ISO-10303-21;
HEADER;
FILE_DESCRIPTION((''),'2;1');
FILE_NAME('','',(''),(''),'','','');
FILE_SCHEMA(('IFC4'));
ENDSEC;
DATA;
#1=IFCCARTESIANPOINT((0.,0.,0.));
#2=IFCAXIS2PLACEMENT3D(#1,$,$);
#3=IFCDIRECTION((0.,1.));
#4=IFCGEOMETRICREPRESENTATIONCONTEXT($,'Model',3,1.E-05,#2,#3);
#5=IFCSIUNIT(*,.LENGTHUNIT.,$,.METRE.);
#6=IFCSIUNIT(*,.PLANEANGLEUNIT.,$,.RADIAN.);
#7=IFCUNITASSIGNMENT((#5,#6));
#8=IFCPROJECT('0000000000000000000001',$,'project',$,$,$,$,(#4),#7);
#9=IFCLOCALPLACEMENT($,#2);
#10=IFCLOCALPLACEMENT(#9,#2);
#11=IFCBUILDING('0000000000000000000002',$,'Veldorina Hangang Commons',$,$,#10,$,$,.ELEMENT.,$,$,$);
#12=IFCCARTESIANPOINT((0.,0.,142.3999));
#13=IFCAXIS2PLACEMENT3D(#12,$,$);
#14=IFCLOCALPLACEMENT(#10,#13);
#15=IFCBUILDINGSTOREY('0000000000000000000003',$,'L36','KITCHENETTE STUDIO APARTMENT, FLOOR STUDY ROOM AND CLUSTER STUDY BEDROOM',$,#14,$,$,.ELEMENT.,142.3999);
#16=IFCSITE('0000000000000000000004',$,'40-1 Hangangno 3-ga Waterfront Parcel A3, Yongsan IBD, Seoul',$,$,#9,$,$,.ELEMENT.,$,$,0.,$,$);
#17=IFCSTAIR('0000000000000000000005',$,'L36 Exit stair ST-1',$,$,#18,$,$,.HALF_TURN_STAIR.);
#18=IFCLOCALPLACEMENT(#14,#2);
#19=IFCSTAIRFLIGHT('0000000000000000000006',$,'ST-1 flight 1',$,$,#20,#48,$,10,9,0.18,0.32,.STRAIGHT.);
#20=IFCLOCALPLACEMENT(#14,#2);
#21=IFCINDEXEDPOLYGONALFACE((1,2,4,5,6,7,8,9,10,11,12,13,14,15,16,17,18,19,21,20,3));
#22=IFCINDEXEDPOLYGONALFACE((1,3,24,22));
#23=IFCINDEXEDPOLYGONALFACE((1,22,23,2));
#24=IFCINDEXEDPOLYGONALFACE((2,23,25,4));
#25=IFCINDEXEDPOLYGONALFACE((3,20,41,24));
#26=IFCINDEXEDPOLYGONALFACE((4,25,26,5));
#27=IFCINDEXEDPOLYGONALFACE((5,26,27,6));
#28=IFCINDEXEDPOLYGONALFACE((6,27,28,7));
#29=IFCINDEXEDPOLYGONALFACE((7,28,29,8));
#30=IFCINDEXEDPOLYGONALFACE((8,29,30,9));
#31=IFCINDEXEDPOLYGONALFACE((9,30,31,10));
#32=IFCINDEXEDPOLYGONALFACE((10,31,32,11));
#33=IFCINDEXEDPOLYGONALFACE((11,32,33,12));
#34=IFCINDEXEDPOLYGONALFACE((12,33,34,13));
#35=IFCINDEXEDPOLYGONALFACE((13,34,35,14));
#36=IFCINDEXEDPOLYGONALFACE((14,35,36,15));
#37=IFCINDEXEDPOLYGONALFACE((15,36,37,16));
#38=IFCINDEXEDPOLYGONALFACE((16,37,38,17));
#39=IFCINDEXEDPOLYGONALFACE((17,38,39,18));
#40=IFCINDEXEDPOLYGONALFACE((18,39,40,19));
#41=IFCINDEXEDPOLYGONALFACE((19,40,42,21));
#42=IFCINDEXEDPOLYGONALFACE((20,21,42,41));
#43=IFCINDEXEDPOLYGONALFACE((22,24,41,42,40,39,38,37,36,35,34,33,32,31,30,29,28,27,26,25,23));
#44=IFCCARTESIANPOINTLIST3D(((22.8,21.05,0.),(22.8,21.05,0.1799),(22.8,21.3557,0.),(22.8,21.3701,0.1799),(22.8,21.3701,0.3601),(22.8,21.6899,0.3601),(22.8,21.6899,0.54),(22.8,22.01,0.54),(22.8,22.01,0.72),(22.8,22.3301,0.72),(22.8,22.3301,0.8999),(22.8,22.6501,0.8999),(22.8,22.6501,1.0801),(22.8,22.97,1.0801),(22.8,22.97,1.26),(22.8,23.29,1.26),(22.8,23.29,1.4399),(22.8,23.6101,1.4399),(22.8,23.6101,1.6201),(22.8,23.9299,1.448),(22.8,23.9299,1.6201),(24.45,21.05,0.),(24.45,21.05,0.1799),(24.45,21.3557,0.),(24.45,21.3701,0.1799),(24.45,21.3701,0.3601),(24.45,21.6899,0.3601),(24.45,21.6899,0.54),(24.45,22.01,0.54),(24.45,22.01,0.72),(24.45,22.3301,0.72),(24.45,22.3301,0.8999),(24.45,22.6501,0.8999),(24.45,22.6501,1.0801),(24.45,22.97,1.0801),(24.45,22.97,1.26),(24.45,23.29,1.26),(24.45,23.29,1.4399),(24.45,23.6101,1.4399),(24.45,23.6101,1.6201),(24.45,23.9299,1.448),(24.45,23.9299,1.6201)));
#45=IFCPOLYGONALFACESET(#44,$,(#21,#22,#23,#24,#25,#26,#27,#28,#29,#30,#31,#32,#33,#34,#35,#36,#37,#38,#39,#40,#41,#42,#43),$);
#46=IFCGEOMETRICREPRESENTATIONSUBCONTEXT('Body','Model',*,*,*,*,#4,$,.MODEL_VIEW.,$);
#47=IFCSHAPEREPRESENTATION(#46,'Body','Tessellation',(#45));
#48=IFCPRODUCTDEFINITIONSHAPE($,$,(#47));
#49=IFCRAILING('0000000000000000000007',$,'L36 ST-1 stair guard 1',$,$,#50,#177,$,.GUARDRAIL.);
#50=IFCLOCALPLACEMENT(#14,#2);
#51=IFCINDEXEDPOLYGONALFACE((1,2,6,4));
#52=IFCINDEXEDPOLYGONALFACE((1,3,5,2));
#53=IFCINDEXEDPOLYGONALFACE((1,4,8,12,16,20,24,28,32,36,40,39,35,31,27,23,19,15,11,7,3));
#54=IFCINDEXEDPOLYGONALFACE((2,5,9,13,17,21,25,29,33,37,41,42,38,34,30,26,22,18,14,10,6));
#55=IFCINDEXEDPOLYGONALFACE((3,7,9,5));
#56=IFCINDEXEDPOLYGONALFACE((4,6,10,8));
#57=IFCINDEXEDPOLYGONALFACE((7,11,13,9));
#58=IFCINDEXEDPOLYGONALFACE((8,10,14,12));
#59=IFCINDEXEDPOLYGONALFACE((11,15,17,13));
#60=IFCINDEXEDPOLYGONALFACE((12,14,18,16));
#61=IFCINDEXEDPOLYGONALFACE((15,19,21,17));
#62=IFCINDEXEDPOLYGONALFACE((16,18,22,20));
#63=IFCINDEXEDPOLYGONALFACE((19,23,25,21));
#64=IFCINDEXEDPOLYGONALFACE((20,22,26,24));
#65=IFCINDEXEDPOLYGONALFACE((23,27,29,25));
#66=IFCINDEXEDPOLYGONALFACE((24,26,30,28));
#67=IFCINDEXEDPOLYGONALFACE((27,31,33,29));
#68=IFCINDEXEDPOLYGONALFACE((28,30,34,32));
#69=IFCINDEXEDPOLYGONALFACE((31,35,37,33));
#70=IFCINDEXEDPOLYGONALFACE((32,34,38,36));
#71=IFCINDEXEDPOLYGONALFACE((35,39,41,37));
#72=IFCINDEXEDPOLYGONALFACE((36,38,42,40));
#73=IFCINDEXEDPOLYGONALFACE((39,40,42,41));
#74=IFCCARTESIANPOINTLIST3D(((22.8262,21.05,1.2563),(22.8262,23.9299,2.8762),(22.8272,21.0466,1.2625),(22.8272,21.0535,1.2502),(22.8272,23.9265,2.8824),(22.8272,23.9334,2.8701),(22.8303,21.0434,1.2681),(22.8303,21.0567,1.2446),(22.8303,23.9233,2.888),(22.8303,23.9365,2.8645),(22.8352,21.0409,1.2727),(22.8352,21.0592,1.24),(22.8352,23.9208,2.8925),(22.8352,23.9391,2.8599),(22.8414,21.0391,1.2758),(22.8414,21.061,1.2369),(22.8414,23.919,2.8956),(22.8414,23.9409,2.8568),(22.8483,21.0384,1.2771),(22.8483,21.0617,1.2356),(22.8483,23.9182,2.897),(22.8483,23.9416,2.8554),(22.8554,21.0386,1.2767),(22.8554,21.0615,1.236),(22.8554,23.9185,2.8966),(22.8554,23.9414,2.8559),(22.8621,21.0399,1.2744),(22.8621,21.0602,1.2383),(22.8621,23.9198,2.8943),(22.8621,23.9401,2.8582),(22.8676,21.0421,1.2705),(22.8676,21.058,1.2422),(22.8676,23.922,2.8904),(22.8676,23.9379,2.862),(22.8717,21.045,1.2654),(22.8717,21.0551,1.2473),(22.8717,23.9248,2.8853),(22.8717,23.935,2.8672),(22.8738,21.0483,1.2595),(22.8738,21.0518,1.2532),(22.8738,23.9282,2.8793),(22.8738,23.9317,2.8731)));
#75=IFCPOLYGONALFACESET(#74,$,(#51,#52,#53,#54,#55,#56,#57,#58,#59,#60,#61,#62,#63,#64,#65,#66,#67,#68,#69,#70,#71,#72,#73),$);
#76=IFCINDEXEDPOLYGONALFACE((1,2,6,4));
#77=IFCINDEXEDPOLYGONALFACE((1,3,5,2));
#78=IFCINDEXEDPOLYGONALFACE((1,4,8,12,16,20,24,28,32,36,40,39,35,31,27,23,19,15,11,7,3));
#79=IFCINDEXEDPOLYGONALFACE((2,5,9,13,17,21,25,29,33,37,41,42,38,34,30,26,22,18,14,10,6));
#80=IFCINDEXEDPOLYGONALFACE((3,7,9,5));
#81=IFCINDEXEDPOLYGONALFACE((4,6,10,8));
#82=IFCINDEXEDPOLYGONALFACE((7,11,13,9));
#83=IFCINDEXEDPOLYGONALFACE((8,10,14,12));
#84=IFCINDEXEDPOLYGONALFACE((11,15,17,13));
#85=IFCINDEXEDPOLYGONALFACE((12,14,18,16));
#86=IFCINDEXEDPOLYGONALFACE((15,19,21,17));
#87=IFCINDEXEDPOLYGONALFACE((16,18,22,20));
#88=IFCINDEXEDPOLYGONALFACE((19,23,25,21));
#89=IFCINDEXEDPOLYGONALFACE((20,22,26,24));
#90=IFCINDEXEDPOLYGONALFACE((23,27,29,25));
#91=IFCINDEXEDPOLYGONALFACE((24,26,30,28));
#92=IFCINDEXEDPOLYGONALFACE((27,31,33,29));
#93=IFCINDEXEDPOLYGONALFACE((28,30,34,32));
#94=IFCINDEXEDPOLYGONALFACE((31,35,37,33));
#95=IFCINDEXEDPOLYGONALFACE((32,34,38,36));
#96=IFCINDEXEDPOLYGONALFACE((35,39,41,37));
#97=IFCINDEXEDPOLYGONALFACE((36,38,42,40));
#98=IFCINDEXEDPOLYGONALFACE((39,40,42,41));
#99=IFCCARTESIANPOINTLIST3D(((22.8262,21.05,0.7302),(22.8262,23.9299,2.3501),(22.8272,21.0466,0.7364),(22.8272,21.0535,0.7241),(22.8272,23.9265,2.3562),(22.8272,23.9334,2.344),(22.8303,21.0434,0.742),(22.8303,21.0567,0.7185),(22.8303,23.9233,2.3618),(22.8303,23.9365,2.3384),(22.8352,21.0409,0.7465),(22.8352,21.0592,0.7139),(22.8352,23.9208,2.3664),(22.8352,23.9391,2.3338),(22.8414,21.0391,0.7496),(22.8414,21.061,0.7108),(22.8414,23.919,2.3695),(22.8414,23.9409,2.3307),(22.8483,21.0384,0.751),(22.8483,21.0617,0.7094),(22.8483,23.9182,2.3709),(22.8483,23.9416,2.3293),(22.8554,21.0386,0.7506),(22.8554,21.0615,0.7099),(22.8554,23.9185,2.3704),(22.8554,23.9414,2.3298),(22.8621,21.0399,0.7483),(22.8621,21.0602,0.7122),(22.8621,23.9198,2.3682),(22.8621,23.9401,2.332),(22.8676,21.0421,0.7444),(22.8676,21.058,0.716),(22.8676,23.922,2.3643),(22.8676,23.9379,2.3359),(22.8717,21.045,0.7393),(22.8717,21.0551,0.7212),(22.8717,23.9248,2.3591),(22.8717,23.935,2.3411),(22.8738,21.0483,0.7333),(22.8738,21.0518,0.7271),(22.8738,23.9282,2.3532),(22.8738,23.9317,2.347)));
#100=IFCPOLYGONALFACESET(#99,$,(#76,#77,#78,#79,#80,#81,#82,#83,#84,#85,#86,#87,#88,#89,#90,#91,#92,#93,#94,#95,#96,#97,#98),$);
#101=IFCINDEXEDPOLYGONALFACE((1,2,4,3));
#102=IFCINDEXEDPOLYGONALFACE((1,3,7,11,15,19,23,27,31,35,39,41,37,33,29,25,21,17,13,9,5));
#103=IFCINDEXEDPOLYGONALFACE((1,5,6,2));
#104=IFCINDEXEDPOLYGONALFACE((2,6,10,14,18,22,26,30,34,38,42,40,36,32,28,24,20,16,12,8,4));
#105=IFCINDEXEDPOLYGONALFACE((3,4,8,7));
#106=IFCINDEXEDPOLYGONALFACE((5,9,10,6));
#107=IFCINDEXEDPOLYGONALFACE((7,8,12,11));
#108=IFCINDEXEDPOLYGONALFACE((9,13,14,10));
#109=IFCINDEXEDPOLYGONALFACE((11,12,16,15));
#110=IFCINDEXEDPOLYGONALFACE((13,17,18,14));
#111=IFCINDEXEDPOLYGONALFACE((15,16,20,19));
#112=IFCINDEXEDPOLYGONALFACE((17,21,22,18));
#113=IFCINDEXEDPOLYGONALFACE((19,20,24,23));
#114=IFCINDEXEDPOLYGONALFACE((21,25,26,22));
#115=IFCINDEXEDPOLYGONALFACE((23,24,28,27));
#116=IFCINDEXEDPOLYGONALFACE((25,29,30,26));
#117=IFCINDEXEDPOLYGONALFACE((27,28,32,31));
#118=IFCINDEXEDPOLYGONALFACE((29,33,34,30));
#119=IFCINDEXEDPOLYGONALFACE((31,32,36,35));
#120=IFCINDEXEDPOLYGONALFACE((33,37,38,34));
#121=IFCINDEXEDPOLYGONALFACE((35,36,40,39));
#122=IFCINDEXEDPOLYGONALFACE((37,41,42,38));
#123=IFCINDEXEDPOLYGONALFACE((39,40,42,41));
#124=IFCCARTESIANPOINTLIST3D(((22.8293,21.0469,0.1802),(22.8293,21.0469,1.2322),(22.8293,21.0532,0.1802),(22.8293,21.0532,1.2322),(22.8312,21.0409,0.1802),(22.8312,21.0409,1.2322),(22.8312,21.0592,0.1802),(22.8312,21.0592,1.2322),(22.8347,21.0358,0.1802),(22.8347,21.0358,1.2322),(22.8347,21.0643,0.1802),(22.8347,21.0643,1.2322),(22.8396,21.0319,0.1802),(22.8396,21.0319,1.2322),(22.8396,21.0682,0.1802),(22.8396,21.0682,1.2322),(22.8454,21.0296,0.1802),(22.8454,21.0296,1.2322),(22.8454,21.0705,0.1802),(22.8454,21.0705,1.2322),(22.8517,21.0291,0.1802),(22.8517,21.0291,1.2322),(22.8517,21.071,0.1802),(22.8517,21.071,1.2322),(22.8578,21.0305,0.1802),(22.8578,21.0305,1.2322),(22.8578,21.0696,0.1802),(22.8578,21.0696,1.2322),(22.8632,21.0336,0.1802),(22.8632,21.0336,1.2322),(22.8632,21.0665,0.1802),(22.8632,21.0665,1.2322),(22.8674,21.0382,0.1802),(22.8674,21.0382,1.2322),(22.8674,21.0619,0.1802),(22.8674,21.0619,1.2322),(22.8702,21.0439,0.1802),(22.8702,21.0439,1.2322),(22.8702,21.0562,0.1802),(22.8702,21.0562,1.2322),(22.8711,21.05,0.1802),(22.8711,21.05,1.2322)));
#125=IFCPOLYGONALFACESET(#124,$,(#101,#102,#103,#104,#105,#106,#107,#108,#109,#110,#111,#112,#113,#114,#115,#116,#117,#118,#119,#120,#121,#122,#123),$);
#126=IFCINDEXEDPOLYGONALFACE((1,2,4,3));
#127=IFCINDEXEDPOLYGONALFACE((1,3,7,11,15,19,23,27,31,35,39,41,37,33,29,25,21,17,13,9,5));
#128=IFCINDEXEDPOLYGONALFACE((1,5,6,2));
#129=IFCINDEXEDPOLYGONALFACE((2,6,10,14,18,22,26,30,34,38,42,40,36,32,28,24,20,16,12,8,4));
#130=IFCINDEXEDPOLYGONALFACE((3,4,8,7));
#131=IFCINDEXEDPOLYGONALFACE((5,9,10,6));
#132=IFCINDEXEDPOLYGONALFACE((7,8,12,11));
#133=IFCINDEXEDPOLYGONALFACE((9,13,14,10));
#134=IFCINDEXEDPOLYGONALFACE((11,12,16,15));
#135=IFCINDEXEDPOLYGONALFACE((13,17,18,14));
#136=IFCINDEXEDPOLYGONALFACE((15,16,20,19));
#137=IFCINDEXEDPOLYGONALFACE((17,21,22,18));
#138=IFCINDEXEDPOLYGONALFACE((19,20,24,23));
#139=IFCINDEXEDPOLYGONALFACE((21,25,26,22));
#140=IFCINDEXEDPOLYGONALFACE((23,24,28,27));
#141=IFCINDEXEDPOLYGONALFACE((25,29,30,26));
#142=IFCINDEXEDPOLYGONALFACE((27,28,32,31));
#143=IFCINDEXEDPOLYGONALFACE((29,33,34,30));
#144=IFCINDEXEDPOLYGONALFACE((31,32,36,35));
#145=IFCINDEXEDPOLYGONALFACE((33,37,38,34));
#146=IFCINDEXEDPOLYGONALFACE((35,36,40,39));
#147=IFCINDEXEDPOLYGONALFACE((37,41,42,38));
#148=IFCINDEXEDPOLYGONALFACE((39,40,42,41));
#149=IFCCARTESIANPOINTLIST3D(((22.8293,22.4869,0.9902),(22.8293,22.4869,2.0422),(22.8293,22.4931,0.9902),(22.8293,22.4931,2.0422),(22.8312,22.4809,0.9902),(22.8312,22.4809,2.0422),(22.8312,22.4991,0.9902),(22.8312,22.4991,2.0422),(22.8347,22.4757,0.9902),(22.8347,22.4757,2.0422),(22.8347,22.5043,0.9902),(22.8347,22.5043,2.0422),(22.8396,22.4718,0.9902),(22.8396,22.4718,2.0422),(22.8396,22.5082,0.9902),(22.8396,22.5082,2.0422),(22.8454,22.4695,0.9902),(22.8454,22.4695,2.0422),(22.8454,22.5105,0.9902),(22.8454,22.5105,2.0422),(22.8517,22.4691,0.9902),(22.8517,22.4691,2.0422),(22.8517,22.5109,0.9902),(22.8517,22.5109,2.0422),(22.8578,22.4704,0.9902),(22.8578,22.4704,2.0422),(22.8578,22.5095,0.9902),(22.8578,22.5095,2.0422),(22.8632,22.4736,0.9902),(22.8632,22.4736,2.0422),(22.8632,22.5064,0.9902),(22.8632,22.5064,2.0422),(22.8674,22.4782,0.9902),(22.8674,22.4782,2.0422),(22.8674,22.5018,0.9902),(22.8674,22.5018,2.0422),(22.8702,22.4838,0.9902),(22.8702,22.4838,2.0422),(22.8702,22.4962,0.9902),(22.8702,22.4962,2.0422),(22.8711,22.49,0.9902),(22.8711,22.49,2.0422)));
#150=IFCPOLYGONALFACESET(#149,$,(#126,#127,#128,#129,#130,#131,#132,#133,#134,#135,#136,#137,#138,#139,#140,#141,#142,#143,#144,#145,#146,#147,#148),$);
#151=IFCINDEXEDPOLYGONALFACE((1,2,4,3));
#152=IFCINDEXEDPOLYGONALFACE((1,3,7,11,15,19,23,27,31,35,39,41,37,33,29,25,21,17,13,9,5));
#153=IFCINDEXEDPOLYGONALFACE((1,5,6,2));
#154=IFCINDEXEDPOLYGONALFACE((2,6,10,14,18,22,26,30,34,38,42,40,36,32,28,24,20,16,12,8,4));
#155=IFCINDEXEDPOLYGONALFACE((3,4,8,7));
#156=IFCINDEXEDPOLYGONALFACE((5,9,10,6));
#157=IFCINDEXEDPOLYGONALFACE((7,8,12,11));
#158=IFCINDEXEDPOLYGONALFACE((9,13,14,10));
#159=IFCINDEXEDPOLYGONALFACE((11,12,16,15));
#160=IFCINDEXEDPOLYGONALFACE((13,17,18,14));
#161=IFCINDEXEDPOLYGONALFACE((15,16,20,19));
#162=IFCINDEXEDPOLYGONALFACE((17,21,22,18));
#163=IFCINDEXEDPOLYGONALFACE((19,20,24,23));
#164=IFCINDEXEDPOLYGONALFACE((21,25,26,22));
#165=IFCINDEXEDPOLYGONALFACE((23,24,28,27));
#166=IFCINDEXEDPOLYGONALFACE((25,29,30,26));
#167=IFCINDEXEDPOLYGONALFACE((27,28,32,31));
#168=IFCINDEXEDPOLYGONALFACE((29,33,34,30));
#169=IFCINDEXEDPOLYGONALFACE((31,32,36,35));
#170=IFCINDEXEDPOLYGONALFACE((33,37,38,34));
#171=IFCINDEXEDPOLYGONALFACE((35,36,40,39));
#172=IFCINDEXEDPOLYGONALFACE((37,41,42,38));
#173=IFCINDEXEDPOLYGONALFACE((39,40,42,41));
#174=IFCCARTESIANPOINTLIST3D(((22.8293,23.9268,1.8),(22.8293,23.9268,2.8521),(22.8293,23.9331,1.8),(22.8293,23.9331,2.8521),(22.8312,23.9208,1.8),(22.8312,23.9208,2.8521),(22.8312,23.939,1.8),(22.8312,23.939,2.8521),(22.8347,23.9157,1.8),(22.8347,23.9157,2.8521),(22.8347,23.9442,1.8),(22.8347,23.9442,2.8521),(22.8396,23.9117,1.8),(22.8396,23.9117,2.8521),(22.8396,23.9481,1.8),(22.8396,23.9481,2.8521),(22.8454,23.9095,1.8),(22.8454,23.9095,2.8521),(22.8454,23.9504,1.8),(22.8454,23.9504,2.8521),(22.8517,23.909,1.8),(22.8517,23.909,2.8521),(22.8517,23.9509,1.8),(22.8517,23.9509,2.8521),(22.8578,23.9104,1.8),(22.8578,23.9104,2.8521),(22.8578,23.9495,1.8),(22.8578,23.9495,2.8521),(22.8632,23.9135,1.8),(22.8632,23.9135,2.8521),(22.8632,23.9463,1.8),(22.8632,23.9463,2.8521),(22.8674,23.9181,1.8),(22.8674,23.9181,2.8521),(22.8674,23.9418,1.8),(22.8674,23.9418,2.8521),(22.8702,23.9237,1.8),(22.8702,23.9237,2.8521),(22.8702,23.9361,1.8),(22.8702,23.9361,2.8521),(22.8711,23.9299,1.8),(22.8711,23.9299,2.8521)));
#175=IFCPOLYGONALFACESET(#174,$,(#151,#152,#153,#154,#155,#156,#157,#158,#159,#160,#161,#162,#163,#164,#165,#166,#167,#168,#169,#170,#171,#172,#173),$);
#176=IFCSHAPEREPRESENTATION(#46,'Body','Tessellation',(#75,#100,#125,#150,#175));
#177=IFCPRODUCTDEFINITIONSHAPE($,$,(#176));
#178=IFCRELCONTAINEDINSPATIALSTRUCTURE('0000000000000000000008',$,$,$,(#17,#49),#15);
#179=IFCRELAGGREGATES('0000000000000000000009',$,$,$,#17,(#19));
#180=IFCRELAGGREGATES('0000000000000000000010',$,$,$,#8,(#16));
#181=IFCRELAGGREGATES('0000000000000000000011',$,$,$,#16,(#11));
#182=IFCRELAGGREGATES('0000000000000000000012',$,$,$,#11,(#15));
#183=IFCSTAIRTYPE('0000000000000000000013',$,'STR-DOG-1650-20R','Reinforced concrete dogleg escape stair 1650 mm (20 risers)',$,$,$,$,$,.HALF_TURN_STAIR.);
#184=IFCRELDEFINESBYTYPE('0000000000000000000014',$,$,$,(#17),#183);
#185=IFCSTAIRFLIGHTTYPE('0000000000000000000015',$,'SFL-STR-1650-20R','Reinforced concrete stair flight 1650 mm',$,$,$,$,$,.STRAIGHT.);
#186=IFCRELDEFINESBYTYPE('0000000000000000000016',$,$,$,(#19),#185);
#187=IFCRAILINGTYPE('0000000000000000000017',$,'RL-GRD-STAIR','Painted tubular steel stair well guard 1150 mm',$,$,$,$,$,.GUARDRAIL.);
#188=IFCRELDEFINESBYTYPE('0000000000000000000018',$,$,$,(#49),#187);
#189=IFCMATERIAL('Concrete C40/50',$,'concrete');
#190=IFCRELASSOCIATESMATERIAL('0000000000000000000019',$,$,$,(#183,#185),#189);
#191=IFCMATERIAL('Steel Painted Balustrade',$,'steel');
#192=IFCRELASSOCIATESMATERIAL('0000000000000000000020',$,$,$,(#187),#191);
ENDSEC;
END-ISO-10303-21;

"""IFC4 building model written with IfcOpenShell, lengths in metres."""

from ifc_helpers import new_model, si_unit, direction, frame, origin, origin_2d, place, context, subcontext, project, spatial, polyline, circle, outline, extrude, material, type_object, element, aggregate, save


model = new_model("IFC4")

# Units and contexts
model_context = context("Model", 3, precision=1e-05, world=origin(), true_north=direction((0.0, 1.0)))
body_context = subcontext(model_context, "Body", "Model", "MODEL_VIEW")
ifc_project = project(units=[si_unit("LENGTHUNIT", "METRE"), si_unit("PLANEANGLEUNIT", "RADIAN")], contexts=[model_context])

# Site, building, storey
site_placement = place(None, origin())
site = spatial("IfcSite", under=ifc_project, at=site_placement, Name="40-1 Hangangno 3-ga Waterfront Parcel A3, Yongsan IBD, Seoul", CompositionType="ELEMENT", RefElevation=0.0)
building_placement = place(site_placement, origin())
building = spatial("IfcBuilding", under=site, at=building_placement, Name="Veldorina Hangang Commons", CompositionType="ELEMENT")
storey_placement = place(building_placement, frame((0.0, 0.0, 142.3999)))
storey = spatial("IfcBuildingStorey", under=building, at=storey_placement, Name="L36", Description="KITCHENETTE STUDIO APARTMENT, FLOOR STUDY ROOM AND CLUSTER STUDY BEDROOM", CompositionType="ELEMENT", Elevation=142.3999)

# Stair, stair flight
ifc_material_1 = material(Name="Concrete C40/50", Category="concrete")
stair_type = type_object("IfcStairType", Name="STR-DOG-1650-20R", Description="Reinforced concrete dogleg escape stair 1650 mm (20 risers)", PredefinedType="HALF_TURN_STAIR", material=ifc_material_1)
stair_placement = place(storey_placement, origin())
stair = element("IfcStair", 1, at=stair_placement, inside=storey, type_object=stair_type, Name="L36 Exit stair ST-1", PredefinedType="HALF_TURN_STAIR")
stair_flight_type = type_object("IfcStairFlightType", Name="SFL-STR-1650-20R", Description="Reinforced concrete stair flight 1650 mm", PredefinedType="STRAIGHT", material=ifc_material_1)
stair_flight_placement = place(storey_placement, frame((23.625, 21.05, 0.0), z_axis=(0.0, 0.0, 1.0), x_axis=(0.0, 1.0, 0.0)))
stair_flight = element("IfcStairFlight", 2, at=stair_flight_placement, type_object=stair_flight_type, Name="ST-1 flight 1", NumberOfRisers=10, NumberOfTreads=9, PredefinedType="STRAIGHT", RiserHeight=0.18, TreadLength=0.32, context=body_context, shape_type="SweptSolid", body=[
    extrude(outline(polyline([(0.0, 0.0), (0.0, 0.1799), (0.3201, 0.1799), (0.3201, 0.3601), (0.6399, 0.3601), (0.6399, 0.54), (0.96, 0.54), (0.96, 0.72), (1.28, 0.72), (1.28, 0.8999), (1.6001, 0.8999), (1.6001, 1.0801), (1.9199, 1.0801), (1.9199, 1.26), (2.24, 1.26), (2.24, 1.4399), (2.5601, 1.4399), (2.5601, 1.6201), (2.8799, 1.6201), (2.8799, 1.8), (2.8799, 1.448), (0.3057, 0.0), (0.0, 0.0)])), frame((0.0, 0.825, 0.0), z_axis=(0.0, -1.0, 0.0), x_axis=(1.0, 0.0, 0.0)), (0.0, 0.0, 1.0), 1.6499),
])
aggregate(stair, [stair_flight])

# Railing
ifc_material_2 = material(Name="Steel Painted Balustrade", Category="steel")
railing_type_1 = type_object("IfcRailingType", Name="RL-GRD-STAIR", Description="Painted tubular steel stair well guard 1150 mm", PredefinedType="GUARDRAIL", material=ifc_material_2)
railing_1_placement = place(storey_placement, frame((22.8501, 21.05, 0.1802)))
element("IfcRailing", 3, at=railing_1_placement, inside=storey, type_object=railing_type_1, Name="L36 ST-1 stair guard 1", PredefinedType="GUARDRAIL", context=body_context, shape_type="SweptSolid", body=[
    extrude(circle(Radius=0.0239, at=origin_2d()), frame((0.0, 0.0, 1.0762), z_axis=(0.0, 0.871583, 0.490247), x_axis=(-1.0, 0.0, 0.0)), (0.0, 0.0, 1.0), 3.3042),
    extrude(circle(Radius=0.0239, at=origin_2d()), frame((0.0, 0.0, 0.55), z_axis=(0.0, 0.871583, 0.490247), x_axis=(-1.0, 0.0, 0.0)), (0.0, 0.0, 1.0), 3.3042),
    extrude(circle(Radius=0.021, at=origin_2d()), origin(), (0.0, 0.0, 1.0), 1.052),
    extrude(circle(Radius=0.021, at=origin_2d()), frame((0.0, 1.4399, 0.8101)), (0.0, 0.0, 1.0), 1.052),
    extrude(circle(Radius=0.021, at=origin_2d()), frame((0.0, 2.8799, 1.6199)), (0.0, 0.0, 1.0), 1.052),
])

save(model, "model.ifc")
